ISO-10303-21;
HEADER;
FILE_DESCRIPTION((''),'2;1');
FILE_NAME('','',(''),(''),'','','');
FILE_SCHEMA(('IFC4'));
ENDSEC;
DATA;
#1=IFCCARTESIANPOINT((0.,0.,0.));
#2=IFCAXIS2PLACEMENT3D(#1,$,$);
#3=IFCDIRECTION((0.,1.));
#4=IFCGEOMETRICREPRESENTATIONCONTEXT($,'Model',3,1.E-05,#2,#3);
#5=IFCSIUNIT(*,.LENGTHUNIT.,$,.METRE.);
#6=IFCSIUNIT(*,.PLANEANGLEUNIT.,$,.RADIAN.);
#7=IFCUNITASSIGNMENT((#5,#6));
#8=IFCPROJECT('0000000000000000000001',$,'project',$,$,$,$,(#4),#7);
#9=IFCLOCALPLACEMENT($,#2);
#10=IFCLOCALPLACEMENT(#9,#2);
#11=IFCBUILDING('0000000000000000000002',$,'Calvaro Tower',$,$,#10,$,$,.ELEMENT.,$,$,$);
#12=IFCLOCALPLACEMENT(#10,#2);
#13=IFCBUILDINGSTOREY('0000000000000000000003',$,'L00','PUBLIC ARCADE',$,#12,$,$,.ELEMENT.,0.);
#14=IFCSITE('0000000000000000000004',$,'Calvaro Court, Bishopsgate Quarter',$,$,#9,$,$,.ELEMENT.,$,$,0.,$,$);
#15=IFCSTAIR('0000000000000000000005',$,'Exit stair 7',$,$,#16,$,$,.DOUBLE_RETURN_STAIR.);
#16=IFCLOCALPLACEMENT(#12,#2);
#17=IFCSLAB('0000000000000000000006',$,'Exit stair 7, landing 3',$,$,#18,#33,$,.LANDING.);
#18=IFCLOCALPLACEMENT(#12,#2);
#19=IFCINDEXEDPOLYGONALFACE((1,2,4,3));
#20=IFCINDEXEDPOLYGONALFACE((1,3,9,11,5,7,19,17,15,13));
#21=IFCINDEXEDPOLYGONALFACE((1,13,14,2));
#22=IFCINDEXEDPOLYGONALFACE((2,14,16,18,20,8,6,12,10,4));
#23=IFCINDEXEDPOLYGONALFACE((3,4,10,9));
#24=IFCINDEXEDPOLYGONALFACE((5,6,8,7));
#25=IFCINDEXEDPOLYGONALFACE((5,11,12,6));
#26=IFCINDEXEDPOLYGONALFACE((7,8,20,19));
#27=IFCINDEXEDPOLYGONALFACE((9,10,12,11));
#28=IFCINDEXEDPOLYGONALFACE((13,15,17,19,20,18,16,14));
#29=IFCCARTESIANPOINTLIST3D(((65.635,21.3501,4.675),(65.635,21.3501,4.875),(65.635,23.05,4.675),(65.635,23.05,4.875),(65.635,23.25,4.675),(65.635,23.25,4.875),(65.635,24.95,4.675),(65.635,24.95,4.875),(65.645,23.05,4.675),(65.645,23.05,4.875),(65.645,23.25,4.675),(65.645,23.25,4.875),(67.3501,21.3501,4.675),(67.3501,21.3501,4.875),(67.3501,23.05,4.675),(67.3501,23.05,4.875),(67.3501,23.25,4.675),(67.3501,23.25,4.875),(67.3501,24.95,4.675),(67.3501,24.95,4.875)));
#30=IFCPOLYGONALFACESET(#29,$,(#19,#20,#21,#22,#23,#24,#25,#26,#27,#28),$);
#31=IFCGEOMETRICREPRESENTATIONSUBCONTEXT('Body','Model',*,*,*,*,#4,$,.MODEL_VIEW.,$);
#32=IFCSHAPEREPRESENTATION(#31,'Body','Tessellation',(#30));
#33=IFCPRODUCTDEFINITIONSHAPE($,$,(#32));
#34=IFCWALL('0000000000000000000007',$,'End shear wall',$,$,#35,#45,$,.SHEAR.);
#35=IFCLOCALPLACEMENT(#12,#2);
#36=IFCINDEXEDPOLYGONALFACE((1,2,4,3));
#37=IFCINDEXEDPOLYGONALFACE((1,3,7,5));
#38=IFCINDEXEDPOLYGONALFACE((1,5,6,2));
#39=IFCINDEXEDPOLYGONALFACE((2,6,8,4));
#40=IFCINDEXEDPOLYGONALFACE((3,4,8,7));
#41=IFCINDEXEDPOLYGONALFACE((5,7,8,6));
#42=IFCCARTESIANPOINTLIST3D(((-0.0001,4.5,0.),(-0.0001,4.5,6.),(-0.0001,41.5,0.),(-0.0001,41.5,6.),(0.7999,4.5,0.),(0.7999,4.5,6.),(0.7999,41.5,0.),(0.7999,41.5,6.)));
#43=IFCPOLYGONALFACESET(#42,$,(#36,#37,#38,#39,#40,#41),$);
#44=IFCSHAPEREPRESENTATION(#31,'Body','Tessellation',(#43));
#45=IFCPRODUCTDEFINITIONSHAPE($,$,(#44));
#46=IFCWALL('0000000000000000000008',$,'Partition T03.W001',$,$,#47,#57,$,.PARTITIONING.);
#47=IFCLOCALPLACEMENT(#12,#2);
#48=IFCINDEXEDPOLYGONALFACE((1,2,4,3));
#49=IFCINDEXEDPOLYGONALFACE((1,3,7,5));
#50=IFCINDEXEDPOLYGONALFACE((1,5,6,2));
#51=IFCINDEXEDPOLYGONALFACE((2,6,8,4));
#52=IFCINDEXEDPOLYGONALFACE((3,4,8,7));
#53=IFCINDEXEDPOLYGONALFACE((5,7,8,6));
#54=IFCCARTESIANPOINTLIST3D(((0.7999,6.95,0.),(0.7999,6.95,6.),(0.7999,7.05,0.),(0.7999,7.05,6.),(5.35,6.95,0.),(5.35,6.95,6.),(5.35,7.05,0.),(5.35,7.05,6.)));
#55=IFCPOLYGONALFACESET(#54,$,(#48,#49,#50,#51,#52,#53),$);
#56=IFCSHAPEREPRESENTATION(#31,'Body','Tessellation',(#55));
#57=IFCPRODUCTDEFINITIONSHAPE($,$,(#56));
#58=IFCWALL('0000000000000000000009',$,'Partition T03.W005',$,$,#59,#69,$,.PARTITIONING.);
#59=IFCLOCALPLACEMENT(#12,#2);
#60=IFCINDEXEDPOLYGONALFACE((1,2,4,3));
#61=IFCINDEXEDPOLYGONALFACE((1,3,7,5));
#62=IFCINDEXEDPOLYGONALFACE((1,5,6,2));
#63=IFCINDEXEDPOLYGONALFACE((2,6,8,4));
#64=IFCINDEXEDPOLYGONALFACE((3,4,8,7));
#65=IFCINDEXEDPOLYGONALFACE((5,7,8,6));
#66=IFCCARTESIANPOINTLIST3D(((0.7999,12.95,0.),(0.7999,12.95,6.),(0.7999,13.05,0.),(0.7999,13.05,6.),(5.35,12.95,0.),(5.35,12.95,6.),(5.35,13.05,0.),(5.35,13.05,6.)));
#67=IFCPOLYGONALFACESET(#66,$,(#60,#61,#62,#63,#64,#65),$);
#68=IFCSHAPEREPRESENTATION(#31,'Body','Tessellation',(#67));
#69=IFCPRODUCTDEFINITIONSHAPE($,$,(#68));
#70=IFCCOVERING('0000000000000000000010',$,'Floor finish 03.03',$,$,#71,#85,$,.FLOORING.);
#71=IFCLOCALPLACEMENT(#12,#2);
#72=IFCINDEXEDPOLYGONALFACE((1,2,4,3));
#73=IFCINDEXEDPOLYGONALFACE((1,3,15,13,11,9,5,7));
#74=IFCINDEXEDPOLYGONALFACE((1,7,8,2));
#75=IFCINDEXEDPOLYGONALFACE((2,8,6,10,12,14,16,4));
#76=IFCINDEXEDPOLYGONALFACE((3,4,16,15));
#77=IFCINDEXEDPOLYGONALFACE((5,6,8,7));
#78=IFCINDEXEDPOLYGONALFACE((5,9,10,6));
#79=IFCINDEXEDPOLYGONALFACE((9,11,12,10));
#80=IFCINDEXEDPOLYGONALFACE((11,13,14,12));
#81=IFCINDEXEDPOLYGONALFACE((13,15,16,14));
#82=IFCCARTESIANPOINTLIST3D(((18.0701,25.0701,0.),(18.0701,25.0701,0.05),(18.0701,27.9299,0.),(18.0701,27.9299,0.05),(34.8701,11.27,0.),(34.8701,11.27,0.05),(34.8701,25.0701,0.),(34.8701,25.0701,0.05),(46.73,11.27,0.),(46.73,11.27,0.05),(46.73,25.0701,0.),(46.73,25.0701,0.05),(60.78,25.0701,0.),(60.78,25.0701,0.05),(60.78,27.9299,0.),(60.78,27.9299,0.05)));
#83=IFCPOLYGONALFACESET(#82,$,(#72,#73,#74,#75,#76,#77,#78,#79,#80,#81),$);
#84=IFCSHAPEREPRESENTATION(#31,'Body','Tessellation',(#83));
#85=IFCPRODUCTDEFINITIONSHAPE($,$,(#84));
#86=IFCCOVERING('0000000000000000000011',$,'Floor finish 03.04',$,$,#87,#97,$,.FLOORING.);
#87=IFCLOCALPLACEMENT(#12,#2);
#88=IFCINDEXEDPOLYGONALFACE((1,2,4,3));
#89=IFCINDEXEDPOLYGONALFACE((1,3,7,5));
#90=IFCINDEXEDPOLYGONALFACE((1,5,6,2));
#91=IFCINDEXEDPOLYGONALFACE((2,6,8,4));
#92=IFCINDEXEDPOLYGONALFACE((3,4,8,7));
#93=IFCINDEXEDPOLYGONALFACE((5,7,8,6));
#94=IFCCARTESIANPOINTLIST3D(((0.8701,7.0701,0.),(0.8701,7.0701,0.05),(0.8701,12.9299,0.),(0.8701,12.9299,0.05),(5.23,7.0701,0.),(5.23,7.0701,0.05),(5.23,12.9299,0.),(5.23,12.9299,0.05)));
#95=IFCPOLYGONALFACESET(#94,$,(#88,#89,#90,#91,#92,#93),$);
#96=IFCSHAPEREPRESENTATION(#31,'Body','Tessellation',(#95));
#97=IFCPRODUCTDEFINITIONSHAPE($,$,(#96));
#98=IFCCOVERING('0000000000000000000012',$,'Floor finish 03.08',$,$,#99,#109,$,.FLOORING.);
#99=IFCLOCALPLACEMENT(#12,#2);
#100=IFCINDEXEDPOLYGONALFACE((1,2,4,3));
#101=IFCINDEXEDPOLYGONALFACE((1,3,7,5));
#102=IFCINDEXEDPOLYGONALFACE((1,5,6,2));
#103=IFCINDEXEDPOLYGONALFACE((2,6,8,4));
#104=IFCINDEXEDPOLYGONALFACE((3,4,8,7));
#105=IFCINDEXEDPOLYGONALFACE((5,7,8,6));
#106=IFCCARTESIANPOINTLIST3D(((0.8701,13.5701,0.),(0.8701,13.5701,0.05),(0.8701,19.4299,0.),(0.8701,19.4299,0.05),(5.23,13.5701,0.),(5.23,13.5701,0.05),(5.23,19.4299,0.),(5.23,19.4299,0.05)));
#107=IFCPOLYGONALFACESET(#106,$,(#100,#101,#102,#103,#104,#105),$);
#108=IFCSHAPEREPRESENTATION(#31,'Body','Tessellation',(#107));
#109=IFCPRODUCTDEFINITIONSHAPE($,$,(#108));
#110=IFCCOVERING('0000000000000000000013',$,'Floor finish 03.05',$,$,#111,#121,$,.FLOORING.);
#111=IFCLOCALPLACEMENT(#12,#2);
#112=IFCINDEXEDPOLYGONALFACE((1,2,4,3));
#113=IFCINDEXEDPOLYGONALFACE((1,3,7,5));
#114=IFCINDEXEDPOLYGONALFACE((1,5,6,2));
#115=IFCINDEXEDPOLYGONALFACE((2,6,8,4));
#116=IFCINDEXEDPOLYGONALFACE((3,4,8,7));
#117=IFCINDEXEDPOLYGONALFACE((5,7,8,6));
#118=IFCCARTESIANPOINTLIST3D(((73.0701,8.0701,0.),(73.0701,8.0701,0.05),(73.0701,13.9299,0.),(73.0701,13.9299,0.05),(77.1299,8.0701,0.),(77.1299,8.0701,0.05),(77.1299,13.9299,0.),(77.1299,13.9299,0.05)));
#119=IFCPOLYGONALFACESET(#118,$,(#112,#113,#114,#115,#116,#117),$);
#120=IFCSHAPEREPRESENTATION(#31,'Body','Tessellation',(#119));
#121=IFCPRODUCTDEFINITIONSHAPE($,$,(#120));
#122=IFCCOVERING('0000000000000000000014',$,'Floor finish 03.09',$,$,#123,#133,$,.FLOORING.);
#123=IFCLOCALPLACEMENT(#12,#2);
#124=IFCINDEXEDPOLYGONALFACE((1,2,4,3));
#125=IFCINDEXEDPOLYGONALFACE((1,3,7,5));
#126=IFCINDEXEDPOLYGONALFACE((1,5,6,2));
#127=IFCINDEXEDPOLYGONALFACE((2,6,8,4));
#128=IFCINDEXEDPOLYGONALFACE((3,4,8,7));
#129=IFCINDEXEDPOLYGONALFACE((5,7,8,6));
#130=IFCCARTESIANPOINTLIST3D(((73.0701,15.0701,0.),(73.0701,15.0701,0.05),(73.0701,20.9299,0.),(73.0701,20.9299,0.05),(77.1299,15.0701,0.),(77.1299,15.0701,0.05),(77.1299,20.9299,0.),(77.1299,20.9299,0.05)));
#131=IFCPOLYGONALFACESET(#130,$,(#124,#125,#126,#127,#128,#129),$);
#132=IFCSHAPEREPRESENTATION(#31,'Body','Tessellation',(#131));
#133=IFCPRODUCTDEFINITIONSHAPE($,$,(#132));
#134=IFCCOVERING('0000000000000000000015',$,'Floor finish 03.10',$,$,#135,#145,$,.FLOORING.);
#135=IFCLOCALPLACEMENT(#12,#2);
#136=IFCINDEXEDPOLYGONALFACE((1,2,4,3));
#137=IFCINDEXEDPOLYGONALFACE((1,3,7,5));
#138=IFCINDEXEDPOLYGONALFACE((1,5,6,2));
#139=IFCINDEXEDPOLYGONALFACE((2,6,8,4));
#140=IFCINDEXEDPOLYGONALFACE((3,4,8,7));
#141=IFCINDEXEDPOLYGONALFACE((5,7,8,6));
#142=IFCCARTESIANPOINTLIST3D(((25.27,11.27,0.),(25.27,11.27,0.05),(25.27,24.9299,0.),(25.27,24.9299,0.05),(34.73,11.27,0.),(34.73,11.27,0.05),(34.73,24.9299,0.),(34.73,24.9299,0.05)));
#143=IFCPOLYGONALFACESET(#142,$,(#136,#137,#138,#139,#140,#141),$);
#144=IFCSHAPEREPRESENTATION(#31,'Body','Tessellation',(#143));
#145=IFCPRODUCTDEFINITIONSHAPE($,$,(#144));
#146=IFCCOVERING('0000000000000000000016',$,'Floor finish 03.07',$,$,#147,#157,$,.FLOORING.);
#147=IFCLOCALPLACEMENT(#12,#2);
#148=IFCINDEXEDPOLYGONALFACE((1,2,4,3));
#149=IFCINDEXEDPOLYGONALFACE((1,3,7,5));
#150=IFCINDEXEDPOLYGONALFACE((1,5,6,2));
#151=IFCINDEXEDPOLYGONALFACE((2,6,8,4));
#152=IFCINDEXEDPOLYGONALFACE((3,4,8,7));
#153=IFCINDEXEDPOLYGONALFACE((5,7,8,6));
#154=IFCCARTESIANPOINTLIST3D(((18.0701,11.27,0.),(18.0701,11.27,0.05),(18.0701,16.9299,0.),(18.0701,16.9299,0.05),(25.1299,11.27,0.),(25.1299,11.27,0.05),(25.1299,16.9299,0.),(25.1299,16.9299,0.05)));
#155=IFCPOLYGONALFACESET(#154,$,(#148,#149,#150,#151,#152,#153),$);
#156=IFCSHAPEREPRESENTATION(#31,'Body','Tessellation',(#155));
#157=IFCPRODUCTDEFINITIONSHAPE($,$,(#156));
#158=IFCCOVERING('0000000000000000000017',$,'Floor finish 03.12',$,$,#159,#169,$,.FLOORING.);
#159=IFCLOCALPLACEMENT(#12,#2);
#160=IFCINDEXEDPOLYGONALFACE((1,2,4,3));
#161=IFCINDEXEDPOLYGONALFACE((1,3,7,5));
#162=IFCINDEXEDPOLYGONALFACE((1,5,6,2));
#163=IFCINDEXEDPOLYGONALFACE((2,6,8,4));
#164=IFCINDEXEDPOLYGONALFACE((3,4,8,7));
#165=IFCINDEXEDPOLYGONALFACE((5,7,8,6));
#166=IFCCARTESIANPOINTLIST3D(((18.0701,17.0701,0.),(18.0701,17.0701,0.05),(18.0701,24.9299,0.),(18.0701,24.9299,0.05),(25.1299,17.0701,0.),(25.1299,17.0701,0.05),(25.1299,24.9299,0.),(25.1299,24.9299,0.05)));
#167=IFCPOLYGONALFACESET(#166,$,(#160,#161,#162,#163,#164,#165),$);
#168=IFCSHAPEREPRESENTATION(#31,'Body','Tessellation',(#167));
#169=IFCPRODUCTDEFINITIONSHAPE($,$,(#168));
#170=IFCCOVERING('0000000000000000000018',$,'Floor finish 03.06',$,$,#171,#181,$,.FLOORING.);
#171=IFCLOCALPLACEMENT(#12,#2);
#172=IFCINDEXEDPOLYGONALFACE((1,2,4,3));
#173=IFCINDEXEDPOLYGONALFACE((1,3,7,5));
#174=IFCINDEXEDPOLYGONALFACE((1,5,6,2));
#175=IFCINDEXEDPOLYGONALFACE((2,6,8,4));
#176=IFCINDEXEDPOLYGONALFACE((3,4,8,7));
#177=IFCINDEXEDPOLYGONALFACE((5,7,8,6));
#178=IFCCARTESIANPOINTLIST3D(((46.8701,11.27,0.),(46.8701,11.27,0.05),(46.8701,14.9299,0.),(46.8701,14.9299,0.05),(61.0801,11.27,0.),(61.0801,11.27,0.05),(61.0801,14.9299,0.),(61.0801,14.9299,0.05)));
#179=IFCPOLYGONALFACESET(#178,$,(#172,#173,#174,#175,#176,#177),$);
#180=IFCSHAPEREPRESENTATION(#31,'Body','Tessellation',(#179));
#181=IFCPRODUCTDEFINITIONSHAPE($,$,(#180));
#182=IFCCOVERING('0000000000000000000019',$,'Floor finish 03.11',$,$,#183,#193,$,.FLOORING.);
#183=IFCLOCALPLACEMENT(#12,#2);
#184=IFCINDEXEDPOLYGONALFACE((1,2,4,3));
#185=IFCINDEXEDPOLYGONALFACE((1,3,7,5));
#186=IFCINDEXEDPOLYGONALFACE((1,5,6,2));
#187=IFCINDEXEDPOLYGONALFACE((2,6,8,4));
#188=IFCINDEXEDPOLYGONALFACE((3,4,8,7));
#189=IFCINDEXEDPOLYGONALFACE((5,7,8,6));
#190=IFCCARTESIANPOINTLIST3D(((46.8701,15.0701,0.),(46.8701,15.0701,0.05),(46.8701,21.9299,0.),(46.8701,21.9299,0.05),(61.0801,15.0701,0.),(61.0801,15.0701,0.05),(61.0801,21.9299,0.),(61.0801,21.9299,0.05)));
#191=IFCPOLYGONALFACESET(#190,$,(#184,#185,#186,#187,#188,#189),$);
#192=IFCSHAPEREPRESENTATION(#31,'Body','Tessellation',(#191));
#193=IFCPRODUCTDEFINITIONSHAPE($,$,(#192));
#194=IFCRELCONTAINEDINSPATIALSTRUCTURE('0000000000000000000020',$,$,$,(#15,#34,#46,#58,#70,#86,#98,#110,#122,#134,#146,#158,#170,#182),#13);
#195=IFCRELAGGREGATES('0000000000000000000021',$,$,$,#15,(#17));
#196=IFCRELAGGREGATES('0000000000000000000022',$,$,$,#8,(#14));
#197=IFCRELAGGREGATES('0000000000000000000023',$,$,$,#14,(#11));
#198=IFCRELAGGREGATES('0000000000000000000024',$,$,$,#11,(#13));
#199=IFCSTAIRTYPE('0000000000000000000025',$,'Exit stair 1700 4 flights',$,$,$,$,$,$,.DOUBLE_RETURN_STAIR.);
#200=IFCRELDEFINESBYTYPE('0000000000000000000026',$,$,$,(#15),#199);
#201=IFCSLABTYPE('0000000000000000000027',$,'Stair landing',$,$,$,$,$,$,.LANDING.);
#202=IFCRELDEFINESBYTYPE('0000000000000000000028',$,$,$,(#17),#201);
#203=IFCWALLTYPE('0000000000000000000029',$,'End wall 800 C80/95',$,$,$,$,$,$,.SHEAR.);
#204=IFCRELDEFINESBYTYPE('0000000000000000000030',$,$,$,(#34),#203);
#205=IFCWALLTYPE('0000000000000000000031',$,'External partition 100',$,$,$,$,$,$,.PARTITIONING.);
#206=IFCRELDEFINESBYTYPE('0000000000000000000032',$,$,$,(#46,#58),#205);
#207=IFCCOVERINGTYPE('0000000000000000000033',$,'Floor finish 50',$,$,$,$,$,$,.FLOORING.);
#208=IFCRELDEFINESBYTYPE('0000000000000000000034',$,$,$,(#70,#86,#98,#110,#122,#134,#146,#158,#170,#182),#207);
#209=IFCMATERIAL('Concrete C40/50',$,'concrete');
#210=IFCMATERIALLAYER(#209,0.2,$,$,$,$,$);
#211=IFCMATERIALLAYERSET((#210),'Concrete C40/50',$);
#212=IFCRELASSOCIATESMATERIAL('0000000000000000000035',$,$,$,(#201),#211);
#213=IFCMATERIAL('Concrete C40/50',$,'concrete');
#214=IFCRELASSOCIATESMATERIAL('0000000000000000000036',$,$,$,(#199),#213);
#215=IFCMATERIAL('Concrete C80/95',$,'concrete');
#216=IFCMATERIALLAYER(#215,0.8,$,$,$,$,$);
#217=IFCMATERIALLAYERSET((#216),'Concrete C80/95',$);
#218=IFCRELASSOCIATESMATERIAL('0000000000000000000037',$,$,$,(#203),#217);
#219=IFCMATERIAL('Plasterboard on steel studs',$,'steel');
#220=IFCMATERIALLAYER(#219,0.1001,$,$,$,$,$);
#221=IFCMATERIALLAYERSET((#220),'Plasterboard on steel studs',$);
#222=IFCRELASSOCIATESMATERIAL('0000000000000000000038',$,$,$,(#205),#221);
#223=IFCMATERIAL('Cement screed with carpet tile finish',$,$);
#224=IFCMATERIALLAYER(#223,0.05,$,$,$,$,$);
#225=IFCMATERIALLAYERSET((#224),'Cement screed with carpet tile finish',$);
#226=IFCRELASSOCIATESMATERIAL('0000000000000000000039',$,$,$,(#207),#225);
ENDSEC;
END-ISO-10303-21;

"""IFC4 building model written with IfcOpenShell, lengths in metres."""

from ifc_helpers import new_model, si_unit, direction, frame, frame_2d, origin, place, context, subcontext, project, spatial, polyline, rectangle, outline, extrude, material, layer, layer_set, type_object, element, aggregate, save


model = new_model("IFC4")

# Units and contexts
model_context = context("Model", 3, precision=1e-05, world=origin(), true_north=direction((0.0, 1.0)))
body_context = subcontext(model_context, "Body", "Model", "MODEL_VIEW")
ifc_project = project(units=[si_unit("LENGTHUNIT", "METRE"), si_unit("PLANEANGLEUNIT", "RADIAN")], contexts=[model_context])

# Site, building, storey
site_placement = place(None, origin())
site = spatial("IfcSite", under=ifc_project, at=site_placement, Name="Calvaro Court, Bishopsgate Quarter", CompositionType="ELEMENT", RefElevation=0.0)
building_placement = place(site_placement, origin())
building = spatial("IfcBuilding", under=site, at=building_placement, Name="Calvaro Tower", CompositionType="ELEMENT")
storey_placement = place(building_placement, origin())
storey = spatial("IfcBuildingStorey", under=building, at=storey_placement, Name="L00", Description="PUBLIC ARCADE", CompositionType="ELEMENT", Elevation=0.0)

# Stair, slab
ifc_material_1 = material(Name="Concrete C40/50", Category="concrete")
ifc_layer_1 = layer(ifc_material_1, 0.2)
ifc_layer_set_1 = layer_set([ifc_layer_1], Name="Concrete C40/50")
slab_type = type_object("IfcSlabType", Name="Stair landing", PredefinedType="LANDING", material=ifc_layer_set_1)
ifc_material_2 = material(Name="Concrete C40/50", Category="concrete")
stair_type_1 = type_object("IfcStairType", Name="Exit stair 1700 4 flights", PredefinedType="DOUBLE_RETURN_STAIR", material=ifc_material_2)
stair_1_placement = place(storey_placement, origin())
stair_1 = element("IfcStair", 1, at=stair_1_placement, inside=storey, type_object=stair_type_1, Name="Exit stair 7", PredefinedType="DOUBLE_RETURN_STAIR")
slab_1_placement = place(storey_placement, frame((0.0, 0.0, 4.675)))
slab_1 = element("IfcSlab", 2, at=slab_1_placement, type_object=slab_type, Name="Exit stair 7, landing 3", PredefinedType="LANDING", context=body_context, shape_type="SweptSolid", body=[
    extrude(outline(polyline([(65.645, 23.05), (65.645, 23.25), (65.635, 23.25), (65.635, 24.95), (67.3501, 24.95), (67.3501, 24.95), (67.3501, 23.25), (67.3501, 23.05), (67.3501, 21.3501), (67.3501, 21.3501), (65.635, 21.3501), (65.635, 23.05), (65.645, 23.05)])), origin(), (0.0, 0.0, 1.0), 0.2),
])
aggregate(stair_1, [slab_1])

# Walls
ifc_material_3 = material(Name="Concrete C80/95", Category="concrete")
ifc_layer_2 = layer(ifc_material_3, 0.8)
ifc_layer_set_2 = layer_set([ifc_layer_2], Name="Concrete C80/95")
wall_type_1 = type_object("IfcWallType", Name="End wall 800 C80/95", PredefinedType="SHEAR", material=ifc_layer_set_2)
wall_placement = place(storey_placement, frame((0.3999, 4.5, 0.0), z_axis=(0.0, 0.0, 1.0), x_axis=(0.0, 1.0, 0.0)))
element("IfcWall", 3, at=wall_placement, inside=storey, type_object=wall_type_1, Name="End shear wall", PredefinedType="SHEAR", context=body_context, shape_type="SweptSolid", body=[
    extrude(rectangle(XDim=37.0, YDim=0.8, at=frame_2d((18.5, 0.0))), origin(), (0.0, 0.0, 1.0), 6.0),
])
ifc_material_4 = material(Name="Plasterboard on steel studs", Category="steel")
ifc_layer_3 = layer(ifc_material_4, 0.1001)
ifc_layer_set_3 = layer_set([ifc_layer_3], Name="Plasterboard on steel studs")
wall_type_2 = type_object("IfcWallType", Name="External partition 100", PredefinedType="PARTITIONING", material=ifc_layer_set_3)
for number, where, z_axis, x_axis, name in (
    (4, (0.8, 7.0, 0.0), (0.0, 0.0, 1.0), (1.0, 0.0, 0.0), "Partition T03.W001"),
    (5, (0.8, 13.0, 0.0), (0.0, 0.0, 1.0), (1.0, 0.0, 0.0), "Partition T03.W005"),
):
    element("IfcWall", number, at=place(storey_placement, frame(where, z_axis=z_axis, x_axis=x_axis)), inside=storey, type_object=wall_type_2, Name=name, PredefinedType="PARTITIONING", context=body_context, shape_type="SweptSolid", body=[
        extrude(rectangle(XDim=4.55, YDim=0.1001, at=frame_2d((2.2749, 0.0))), origin(), (0.0, 0.0, 1.0), 6.0),
    ])

# Coverings
ifc_material_5 = material(Name="Cement screed with carpet tile finish")
ifc_layer_4 = layer(ifc_material_5, 0.05)
ifc_layer_set_4 = layer_set([ifc_layer_4], Name="Cement screed with carpet tile finish")
covering_type = type_object("IfcCoveringType", Name="Floor finish 50", PredefinedType="FLOORING", material=ifc_layer_set_4)
covering_1_placement = place(storey_placement, origin())
element("IfcCovering", 6, at=covering_1_placement, inside=storey, type_object=covering_type, Name="Floor finish 03.03", PredefinedType="FLOORING", context=body_context, shape_type="SweptSolid", body=[
    extrude(outline(polyline([(46.73, 25.0701), (46.73, 11.27), (34.8701, 11.27), (34.8701, 25.0701), (18.0701, 25.0701), (18.0701, 27.9299), (60.78, 27.9299), (60.78, 25.0701), (46.73, 25.0701)])), origin(), (0.0, 0.0, 1.0), 0.05),
])
covering_2_placement = place(storey_placement, origin())
element("IfcCovering", 7, at=covering_2_placement, inside=storey, type_object=covering_type, Name="Floor finish 03.04", PredefinedType="FLOORING", context=body_context, shape_type="SweptSolid", body=[
    extrude(outline(polyline([(5.23, 12.9299), (5.23, 7.0701), (0.8701, 7.0701), (0.8701, 12.9299), (5.23, 12.9299)])), origin(), (0.0, 0.0, 1.0), 0.05),
])
covering_3_placement = place(storey_placement, origin())
element("IfcCovering", 8, at=covering_3_placement, inside=storey, type_object=covering_type, Name="Floor finish 03.08", PredefinedType="FLOORING", context=body_context, shape_type="SweptSolid", body=[
    extrude(outline(polyline([(5.23, 19.4299), (5.23, 13.5701), (0.8701, 13.5701), (0.8701, 19.4299), (5.23, 19.4299)])), origin(), (0.0, 0.0, 1.0), 0.05),
])
covering_4_placement = place(storey_placement, origin())
element("IfcCovering", 9, at=covering_4_placement, inside=storey, type_object=covering_type, Name="Floor finish 03.05", PredefinedType="FLOORING", context=body_context, shape_type="SweptSolid", body=[
    extrude(outline(polyline([(77.1299, 8.0701), (73.0701, 8.0701), (73.0701, 13.9299), (77.1299, 13.9299), (77.1299, 8.0701)])), origin(), (0.0, 0.0, 1.0), 0.05),
])
covering_5_placement = place(storey_placement, origin())
element("IfcCovering", 10, at=covering_5_placement, inside=storey, type_object=covering_type, Name="Floor finish 03.09", PredefinedType="FLOORING", context=body_context, shape_type="SweptSolid", body=[
    extrude(outline(polyline([(77.1299, 15.0701), (73.0701, 15.0701), (73.0701, 20.9299), (77.1299, 20.9299), (77.1299, 15.0701)])), origin(), (0.0, 0.0, 1.0), 0.05),
])
covering_6_placement = place(storey_placement, origin())
element("IfcCovering", 11, at=covering_6_placement, inside=storey, type_object=covering_type, Name="Floor finish 03.10", PredefinedType="FLOORING", context=body_context, shape_type="SweptSolid", body=[
    extrude(outline(polyline([(25.27, 11.27), (25.27, 24.9299), (34.73, 24.9299), (34.73, 11.27), (25.27, 11.27)])), origin(), (0.0, 0.0, 1.0), 0.05),
])
covering_7_placement = place(storey_placement, origin())
element("IfcCovering", 12, at=covering_7_placement, inside=storey, type_object=covering_type, Name="Floor finish 03.07", PredefinedType="FLOORING", context=body_context, shape_type="SweptSolid", body=[
    extrude(outline(polyline([(18.0701, 11.27), (18.0701, 16.9299), (25.1299, 16.9299), (25.1299, 11.27), (18.0701, 11.27)])), origin(), (0.0, 0.0, 1.0), 0.05),
])
covering_8_placement = place(storey_placement, origin())
element("IfcCovering", 13, at=covering_8_placement, inside=storey, type_object=covering_type, Name="Floor finish 03.12", PredefinedType="FLOORING", context=body_context, shape_type="SweptSolid", body=[
    extrude(outline(polyline([(18.0701, 17.0701), (18.0701, 24.9299), (25.1299, 24.9299), (25.1299, 17.0701), (18.0701, 17.0701)])), origin(), (0.0, 0.0, 1.0), 0.05),
])
covering_9_placement = place(storey_placement, origin())
element("IfcCovering", 14, at=covering_9_placement, inside=storey, type_object=covering_type, Name="Floor finish 03.06", PredefinedType="FLOORING", context=body_context, shape_type="SweptSolid", body=[
    extrude(outline(polyline([(46.8701, 11.27), (46.8701, 14.9299), (61.0801, 14.9299), (61.0801, 11.27), (46.8701, 11.27)])), origin(), (0.0, 0.0, 1.0), 0.05),
])
covering_10_placement = place(storey_placement, origin())
element("IfcCovering", 15, at=covering_10_placement, inside=storey, type_object=covering_type, Name="Floor finish 03.11", PredefinedType="FLOORING", context=body_context, shape_type="SweptSolid", body=[
    extrude(outline(polyline([(46.8701, 15.0701), (46.8701, 21.9299), (61.0801, 21.9299), (61.0801, 15.0701), (46.8701, 15.0701)])), origin(), (0.0, 0.0, 1.0), 0.05),
])

save(model, "model.ifc")
